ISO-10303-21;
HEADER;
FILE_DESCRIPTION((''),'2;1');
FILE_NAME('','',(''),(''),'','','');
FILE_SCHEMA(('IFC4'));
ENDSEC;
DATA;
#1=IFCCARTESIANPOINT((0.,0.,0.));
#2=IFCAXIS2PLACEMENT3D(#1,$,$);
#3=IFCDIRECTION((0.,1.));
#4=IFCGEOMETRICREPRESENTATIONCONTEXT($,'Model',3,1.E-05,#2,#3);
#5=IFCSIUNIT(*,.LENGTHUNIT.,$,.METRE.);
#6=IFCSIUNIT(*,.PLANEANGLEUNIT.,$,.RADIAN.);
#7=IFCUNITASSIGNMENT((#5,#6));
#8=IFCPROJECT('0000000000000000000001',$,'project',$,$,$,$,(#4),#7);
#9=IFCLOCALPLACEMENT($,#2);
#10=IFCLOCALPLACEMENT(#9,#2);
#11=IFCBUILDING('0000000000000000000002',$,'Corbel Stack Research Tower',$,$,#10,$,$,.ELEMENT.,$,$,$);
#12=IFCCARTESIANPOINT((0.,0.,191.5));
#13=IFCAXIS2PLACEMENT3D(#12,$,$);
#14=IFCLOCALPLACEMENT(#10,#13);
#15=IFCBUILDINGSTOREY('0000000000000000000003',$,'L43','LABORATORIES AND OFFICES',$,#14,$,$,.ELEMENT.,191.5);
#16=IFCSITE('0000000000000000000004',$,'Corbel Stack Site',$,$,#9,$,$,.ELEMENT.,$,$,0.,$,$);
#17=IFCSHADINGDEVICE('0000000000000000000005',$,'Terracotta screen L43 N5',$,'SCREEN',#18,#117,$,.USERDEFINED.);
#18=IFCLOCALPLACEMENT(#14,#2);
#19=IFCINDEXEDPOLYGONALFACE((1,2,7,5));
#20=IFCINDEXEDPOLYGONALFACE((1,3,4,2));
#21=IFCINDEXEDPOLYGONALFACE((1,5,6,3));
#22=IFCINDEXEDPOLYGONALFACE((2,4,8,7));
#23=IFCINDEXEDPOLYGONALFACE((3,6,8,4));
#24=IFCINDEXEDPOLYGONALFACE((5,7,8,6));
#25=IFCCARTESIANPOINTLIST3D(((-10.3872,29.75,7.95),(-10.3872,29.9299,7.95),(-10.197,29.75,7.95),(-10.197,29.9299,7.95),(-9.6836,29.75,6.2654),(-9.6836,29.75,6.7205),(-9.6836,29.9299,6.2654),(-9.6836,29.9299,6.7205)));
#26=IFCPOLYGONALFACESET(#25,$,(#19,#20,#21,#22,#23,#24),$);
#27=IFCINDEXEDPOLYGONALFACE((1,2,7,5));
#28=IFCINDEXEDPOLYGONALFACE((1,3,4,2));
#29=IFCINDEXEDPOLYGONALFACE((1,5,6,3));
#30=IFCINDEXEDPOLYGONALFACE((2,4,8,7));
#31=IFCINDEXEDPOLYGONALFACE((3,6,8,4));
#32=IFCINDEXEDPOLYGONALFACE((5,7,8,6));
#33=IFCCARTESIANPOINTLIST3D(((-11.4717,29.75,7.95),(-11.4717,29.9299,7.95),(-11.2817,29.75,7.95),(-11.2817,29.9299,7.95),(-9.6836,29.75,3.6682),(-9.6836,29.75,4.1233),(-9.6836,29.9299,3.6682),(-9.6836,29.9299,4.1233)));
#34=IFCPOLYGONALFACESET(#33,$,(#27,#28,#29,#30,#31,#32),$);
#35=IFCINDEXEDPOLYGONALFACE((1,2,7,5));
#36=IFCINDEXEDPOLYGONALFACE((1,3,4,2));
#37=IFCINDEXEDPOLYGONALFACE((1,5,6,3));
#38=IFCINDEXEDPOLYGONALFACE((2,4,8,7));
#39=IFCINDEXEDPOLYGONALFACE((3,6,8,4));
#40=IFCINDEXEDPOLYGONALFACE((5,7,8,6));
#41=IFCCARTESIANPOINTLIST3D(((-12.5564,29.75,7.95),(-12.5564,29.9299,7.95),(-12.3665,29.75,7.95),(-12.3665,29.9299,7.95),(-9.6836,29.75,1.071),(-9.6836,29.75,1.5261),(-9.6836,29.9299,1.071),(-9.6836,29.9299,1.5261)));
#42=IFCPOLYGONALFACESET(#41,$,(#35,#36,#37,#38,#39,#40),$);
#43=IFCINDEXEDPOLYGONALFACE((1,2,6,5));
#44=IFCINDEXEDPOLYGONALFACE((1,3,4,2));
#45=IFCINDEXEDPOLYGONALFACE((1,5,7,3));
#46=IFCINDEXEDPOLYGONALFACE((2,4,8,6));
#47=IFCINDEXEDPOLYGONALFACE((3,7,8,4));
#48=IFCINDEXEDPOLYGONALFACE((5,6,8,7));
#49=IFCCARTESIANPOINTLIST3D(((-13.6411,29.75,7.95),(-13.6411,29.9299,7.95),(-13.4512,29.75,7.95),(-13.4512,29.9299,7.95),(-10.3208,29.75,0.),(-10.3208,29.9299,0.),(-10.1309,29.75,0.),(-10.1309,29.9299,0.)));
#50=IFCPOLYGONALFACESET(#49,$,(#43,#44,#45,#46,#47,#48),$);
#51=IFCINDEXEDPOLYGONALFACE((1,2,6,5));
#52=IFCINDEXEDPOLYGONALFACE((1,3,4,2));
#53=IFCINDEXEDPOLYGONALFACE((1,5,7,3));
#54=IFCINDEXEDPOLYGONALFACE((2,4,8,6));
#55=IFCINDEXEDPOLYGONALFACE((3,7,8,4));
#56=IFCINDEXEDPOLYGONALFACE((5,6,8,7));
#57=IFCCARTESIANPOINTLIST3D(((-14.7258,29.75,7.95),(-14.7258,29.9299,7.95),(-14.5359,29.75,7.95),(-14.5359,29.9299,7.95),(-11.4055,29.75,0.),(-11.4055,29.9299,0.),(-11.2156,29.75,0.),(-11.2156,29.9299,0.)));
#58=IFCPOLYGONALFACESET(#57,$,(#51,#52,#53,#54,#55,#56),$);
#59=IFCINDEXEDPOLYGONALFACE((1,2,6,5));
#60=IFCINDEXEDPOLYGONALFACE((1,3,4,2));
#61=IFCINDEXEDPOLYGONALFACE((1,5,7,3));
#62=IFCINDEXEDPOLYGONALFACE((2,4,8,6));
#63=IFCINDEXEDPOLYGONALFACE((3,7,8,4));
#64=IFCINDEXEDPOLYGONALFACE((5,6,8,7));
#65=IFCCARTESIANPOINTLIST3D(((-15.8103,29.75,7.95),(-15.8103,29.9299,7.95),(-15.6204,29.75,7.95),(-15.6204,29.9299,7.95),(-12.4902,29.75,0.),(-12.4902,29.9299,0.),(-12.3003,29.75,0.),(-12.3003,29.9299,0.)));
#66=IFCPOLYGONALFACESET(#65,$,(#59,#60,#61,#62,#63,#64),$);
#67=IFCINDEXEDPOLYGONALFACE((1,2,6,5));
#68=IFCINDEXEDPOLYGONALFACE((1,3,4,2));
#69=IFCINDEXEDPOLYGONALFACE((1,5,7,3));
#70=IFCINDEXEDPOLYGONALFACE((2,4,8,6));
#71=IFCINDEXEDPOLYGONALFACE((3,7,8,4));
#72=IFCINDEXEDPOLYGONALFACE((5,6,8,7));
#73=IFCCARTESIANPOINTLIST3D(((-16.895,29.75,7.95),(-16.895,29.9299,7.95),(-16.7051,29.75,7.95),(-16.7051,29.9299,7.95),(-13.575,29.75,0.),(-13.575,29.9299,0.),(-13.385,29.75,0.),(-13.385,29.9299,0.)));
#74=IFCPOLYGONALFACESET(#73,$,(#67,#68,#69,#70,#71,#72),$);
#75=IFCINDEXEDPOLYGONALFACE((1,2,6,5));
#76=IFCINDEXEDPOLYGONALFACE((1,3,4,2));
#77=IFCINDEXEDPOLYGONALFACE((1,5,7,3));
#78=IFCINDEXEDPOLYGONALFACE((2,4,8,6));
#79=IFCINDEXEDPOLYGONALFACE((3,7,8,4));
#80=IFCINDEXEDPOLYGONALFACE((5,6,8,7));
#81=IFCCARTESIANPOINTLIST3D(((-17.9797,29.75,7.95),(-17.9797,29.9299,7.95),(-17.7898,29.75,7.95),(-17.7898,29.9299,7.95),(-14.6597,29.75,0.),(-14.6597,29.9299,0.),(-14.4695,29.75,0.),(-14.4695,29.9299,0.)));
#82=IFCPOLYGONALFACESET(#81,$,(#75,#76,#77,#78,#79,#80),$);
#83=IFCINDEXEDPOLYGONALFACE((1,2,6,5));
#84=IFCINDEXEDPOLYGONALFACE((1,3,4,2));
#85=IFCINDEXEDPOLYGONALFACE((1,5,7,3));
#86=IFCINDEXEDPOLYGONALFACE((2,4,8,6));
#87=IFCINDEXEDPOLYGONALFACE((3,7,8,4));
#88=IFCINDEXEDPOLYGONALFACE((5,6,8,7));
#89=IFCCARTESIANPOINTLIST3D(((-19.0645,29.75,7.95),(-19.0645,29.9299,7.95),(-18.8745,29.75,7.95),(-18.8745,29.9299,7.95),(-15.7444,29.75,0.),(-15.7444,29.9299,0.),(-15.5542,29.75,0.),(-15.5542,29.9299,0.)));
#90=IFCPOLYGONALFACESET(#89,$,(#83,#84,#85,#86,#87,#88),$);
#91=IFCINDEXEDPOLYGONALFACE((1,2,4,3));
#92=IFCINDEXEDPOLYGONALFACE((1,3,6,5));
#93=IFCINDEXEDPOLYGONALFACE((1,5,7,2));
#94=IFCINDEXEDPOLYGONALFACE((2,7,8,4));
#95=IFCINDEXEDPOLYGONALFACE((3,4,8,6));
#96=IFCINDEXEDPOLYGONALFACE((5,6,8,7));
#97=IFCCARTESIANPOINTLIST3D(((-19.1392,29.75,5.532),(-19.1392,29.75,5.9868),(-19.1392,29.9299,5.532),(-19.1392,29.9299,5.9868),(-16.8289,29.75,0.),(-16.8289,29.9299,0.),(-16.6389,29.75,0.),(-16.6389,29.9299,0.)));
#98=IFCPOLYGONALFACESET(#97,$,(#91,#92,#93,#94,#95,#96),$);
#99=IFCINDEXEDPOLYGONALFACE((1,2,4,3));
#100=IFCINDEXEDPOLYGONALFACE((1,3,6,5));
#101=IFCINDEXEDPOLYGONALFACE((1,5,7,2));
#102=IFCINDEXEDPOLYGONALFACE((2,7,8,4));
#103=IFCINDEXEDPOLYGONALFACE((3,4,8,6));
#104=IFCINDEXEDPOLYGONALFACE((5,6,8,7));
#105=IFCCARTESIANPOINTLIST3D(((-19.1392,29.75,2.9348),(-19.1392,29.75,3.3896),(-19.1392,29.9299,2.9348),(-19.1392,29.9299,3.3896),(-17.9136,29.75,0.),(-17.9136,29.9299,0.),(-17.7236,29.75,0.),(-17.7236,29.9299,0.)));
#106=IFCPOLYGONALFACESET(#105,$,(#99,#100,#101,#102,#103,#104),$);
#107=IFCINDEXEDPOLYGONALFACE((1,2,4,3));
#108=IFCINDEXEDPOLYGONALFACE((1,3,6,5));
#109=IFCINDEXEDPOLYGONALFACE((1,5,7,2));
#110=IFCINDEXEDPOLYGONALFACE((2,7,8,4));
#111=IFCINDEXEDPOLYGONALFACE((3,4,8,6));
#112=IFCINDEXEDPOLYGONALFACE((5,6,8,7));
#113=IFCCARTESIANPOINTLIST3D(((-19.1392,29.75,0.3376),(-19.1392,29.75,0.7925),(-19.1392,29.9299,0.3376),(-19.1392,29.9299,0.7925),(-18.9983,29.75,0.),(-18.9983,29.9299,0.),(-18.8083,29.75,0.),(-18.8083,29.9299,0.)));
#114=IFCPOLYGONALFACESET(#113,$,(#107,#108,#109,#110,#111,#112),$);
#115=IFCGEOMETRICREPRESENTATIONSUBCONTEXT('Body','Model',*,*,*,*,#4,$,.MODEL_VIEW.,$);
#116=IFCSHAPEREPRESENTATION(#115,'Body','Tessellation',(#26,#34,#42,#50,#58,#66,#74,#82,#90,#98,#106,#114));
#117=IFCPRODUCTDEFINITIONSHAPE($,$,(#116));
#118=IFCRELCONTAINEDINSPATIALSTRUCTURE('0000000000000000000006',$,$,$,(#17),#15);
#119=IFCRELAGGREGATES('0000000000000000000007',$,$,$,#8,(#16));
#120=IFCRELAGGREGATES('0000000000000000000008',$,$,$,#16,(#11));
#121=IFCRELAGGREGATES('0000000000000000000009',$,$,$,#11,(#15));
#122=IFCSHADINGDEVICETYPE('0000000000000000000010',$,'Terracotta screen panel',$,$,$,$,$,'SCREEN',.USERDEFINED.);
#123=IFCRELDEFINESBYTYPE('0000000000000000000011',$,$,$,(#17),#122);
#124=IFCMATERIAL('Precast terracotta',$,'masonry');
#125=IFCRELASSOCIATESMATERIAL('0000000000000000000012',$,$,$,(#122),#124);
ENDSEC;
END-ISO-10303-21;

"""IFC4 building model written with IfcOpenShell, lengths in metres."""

from ifc_helpers import new_model, si_unit, direction, frame, origin, place, context, subcontext, project, spatial, polyline, outline, extrude, source, transform, mapped, material, type_object, element, save


model = new_model("IFC4")

# Units and contexts
model_context = context("Model", 3, precision=1e-05, world=origin(), true_north=direction((0.0, 1.0)))
body_context = subcontext(model_context, "Body", "Model", "MODEL_VIEW")
ifc_project = project(units=[si_unit("LENGTHUNIT", "METRE"), si_unit("PLANEANGLEUNIT", "RADIAN")], contexts=[model_context])

# Site, building, storey
site_placement = place(None, origin())
site = spatial("IfcSite", under=ifc_project, at=site_placement, Name="Corbel Stack Site", CompositionType="ELEMENT", RefElevation=0.0)
building_placement = place(site_placement, origin())
building = spatial("IfcBuilding", under=site, at=building_placement, Name="Corbel Stack Research Tower", CompositionType="ELEMENT")
storey_placement = place(building_placement, frame((0.0, 0.0, 191.5)))
storey = spatial("IfcBuildingStorey", under=building, at=storey_placement, Name="L43", Description="LABORATORIES AND OFFICES", CompositionType="ELEMENT", Elevation=191.5)

# Shading device
ifc_material_1 = material(Name="Precast terracotta", Category="masonry")
shading_device_type = type_object("IfcShadingDeviceType", Name="Terracotta screen panel", ElementType="SCREEN", PredefinedType="USERDEFINED", material=ifc_material_1)
shared_shape_1 = source(origin(), body_context, "Body", "SweptSolid", [
    extrude(outline(polyline([(0.7036, 7.95), (0.5134, 7.95), (0.0, 6.7205), (0.0, 6.2654), (0.7036, 7.95)])), frame((0.0, 0.0, 0.0), z_axis=(0.0, -1.0, 0.0), x_axis=(1.0, 0.0, 0.0)), (0.0, 0.0, 1.0), 0.1799),
    extrude(outline(polyline([(1.7881, 7.95), (1.5981, 7.95), (0.0, 4.1233), (0.0, 3.6682), (1.7881, 7.95)])), frame((0.0, 0.0, 0.0), z_axis=(0.0, -1.0, 0.0), x_axis=(1.0, 0.0, 0.0)), (0.0, 0.0, 1.0), 0.1799),
    extrude(outline(polyline([(2.8728, 7.95), (2.6829, 7.95), (0.0, 1.5261), (0.0, 1.071), (2.8728, 7.95)])), frame((0.0, 0.0, 0.0), z_axis=(0.0, -1.0, 0.0), x_axis=(1.0, 0.0, 0.0)), (0.0, 0.0, 1.0), 0.1799),
    extrude(outline(polyline([(0.6372, 0.0), (3.9575, 7.95), (3.7676, 7.95), (0.4473, 0.0), (0.6372, 0.0)])), frame((0.0, 0.0, 0.0), z_axis=(0.0, -1.0, 0.0), x_axis=(1.0, 0.0, 0.0)), (0.0, 0.0, 1.0), 0.1799),
    extrude(outline(polyline([(1.7219, 0.0), (5.0422, 7.95), (4.8523, 7.95), (1.532, 0.0), (1.7219, 0.0)])), frame((0.0, 0.0, 0.0), z_axis=(0.0, -1.0, 0.0), x_axis=(1.0, 0.0, 0.0)), (0.0, 0.0, 1.0), 0.1799),
    extrude(outline(polyline([(2.8066, 0.0), (6.1267, 7.95), (5.9368, 7.95), (2.6167, 0.0), (2.8066, 0.0)])), frame((0.0, 0.0, 0.0), z_axis=(0.0, -1.0, 0.0), x_axis=(1.0, 0.0, 0.0)), (0.0, 0.0, 1.0), 0.1799),
    extrude(outline(polyline([(3.8914, 0.0), (7.2114, 7.95), (7.0215, 7.95), (3.7014, 0.0), (3.8914, 0.0)])), frame((0.0, 0.0, 0.0), z_axis=(0.0, -1.0, 0.0), x_axis=(1.0, 0.0, 0.0)), (0.0, 0.0, 1.0), 0.1799),
    extrude(outline(polyline([(4.9761, 0.0), (8.2961, 7.95), (8.1062, 7.95), (4.7859, 0.0), (4.9761, 0.0)])), frame((0.0, 0.0, 0.0), z_axis=(0.0, -1.0, 0.0), x_axis=(1.0, 0.0, 0.0)), (0.0, 0.0, 1.0), 0.1799),
    extrude(outline(polyline([(6.0608, 0.0), (9.3809, 7.95), (9.1909, 7.95), (5.8706, 0.0), (6.0608, 0.0)])), frame((0.0, 0.0, 0.0), z_axis=(0.0, -1.0, 0.0), x_axis=(1.0, 0.0, 0.0)), (0.0, 0.0, 1.0), 0.1799),
    extrude(outline(polyline([(7.1453, 0.0), (9.4556, 5.532), (9.4556, 5.9868), (6.9553, 0.0), (7.1453, 0.0)])), frame((0.0, 0.0, 0.0), z_axis=(0.0, -1.0, 0.0), x_axis=(1.0, 0.0, 0.0)), (0.0, 0.0, 1.0), 0.1799),
    extrude(outline(polyline([(8.23, 0.0), (9.4556, 2.9348), (9.4556, 3.3896), (8.04, 0.0), (8.23, 0.0)])), frame((0.0, 0.0, 0.0), z_axis=(0.0, -1.0, 0.0), x_axis=(1.0, 0.0, 0.0)), (0.0, 0.0, 1.0), 0.1799),
    extrude(outline(polyline([(9.3147, 0.0), (9.4556, 0.3376), (9.4556, 0.7925), (9.1248, 0.0), (9.3147, 0.0)])), frame((0.0, 0.0, 0.0), z_axis=(0.0, -1.0, 0.0), x_axis=(1.0, 0.0, 0.0)), (0.0, 0.0, 1.0), 0.1799),
])
shading_device_1_placement = place(storey_placement, frame((-9.6836, 29.75, 0.0), z_axis=(0.0, 0.0, 1.0), x_axis=(-1.0, 0.0, 0.0)))
element("IfcShadingDevice", 1, at=shading_device_1_placement, inside=storey, type_object=shading_device_type, Name="Terracotta screen L43 N5", ObjectType="SCREEN", PredefinedType="USERDEFINED", context=body_context, shape_type="MappedRepresentation", body=[
    mapped(shared_shape_1, transform((0.0, 0.0, 0.0))),
])

save(model, "model.ifc")
